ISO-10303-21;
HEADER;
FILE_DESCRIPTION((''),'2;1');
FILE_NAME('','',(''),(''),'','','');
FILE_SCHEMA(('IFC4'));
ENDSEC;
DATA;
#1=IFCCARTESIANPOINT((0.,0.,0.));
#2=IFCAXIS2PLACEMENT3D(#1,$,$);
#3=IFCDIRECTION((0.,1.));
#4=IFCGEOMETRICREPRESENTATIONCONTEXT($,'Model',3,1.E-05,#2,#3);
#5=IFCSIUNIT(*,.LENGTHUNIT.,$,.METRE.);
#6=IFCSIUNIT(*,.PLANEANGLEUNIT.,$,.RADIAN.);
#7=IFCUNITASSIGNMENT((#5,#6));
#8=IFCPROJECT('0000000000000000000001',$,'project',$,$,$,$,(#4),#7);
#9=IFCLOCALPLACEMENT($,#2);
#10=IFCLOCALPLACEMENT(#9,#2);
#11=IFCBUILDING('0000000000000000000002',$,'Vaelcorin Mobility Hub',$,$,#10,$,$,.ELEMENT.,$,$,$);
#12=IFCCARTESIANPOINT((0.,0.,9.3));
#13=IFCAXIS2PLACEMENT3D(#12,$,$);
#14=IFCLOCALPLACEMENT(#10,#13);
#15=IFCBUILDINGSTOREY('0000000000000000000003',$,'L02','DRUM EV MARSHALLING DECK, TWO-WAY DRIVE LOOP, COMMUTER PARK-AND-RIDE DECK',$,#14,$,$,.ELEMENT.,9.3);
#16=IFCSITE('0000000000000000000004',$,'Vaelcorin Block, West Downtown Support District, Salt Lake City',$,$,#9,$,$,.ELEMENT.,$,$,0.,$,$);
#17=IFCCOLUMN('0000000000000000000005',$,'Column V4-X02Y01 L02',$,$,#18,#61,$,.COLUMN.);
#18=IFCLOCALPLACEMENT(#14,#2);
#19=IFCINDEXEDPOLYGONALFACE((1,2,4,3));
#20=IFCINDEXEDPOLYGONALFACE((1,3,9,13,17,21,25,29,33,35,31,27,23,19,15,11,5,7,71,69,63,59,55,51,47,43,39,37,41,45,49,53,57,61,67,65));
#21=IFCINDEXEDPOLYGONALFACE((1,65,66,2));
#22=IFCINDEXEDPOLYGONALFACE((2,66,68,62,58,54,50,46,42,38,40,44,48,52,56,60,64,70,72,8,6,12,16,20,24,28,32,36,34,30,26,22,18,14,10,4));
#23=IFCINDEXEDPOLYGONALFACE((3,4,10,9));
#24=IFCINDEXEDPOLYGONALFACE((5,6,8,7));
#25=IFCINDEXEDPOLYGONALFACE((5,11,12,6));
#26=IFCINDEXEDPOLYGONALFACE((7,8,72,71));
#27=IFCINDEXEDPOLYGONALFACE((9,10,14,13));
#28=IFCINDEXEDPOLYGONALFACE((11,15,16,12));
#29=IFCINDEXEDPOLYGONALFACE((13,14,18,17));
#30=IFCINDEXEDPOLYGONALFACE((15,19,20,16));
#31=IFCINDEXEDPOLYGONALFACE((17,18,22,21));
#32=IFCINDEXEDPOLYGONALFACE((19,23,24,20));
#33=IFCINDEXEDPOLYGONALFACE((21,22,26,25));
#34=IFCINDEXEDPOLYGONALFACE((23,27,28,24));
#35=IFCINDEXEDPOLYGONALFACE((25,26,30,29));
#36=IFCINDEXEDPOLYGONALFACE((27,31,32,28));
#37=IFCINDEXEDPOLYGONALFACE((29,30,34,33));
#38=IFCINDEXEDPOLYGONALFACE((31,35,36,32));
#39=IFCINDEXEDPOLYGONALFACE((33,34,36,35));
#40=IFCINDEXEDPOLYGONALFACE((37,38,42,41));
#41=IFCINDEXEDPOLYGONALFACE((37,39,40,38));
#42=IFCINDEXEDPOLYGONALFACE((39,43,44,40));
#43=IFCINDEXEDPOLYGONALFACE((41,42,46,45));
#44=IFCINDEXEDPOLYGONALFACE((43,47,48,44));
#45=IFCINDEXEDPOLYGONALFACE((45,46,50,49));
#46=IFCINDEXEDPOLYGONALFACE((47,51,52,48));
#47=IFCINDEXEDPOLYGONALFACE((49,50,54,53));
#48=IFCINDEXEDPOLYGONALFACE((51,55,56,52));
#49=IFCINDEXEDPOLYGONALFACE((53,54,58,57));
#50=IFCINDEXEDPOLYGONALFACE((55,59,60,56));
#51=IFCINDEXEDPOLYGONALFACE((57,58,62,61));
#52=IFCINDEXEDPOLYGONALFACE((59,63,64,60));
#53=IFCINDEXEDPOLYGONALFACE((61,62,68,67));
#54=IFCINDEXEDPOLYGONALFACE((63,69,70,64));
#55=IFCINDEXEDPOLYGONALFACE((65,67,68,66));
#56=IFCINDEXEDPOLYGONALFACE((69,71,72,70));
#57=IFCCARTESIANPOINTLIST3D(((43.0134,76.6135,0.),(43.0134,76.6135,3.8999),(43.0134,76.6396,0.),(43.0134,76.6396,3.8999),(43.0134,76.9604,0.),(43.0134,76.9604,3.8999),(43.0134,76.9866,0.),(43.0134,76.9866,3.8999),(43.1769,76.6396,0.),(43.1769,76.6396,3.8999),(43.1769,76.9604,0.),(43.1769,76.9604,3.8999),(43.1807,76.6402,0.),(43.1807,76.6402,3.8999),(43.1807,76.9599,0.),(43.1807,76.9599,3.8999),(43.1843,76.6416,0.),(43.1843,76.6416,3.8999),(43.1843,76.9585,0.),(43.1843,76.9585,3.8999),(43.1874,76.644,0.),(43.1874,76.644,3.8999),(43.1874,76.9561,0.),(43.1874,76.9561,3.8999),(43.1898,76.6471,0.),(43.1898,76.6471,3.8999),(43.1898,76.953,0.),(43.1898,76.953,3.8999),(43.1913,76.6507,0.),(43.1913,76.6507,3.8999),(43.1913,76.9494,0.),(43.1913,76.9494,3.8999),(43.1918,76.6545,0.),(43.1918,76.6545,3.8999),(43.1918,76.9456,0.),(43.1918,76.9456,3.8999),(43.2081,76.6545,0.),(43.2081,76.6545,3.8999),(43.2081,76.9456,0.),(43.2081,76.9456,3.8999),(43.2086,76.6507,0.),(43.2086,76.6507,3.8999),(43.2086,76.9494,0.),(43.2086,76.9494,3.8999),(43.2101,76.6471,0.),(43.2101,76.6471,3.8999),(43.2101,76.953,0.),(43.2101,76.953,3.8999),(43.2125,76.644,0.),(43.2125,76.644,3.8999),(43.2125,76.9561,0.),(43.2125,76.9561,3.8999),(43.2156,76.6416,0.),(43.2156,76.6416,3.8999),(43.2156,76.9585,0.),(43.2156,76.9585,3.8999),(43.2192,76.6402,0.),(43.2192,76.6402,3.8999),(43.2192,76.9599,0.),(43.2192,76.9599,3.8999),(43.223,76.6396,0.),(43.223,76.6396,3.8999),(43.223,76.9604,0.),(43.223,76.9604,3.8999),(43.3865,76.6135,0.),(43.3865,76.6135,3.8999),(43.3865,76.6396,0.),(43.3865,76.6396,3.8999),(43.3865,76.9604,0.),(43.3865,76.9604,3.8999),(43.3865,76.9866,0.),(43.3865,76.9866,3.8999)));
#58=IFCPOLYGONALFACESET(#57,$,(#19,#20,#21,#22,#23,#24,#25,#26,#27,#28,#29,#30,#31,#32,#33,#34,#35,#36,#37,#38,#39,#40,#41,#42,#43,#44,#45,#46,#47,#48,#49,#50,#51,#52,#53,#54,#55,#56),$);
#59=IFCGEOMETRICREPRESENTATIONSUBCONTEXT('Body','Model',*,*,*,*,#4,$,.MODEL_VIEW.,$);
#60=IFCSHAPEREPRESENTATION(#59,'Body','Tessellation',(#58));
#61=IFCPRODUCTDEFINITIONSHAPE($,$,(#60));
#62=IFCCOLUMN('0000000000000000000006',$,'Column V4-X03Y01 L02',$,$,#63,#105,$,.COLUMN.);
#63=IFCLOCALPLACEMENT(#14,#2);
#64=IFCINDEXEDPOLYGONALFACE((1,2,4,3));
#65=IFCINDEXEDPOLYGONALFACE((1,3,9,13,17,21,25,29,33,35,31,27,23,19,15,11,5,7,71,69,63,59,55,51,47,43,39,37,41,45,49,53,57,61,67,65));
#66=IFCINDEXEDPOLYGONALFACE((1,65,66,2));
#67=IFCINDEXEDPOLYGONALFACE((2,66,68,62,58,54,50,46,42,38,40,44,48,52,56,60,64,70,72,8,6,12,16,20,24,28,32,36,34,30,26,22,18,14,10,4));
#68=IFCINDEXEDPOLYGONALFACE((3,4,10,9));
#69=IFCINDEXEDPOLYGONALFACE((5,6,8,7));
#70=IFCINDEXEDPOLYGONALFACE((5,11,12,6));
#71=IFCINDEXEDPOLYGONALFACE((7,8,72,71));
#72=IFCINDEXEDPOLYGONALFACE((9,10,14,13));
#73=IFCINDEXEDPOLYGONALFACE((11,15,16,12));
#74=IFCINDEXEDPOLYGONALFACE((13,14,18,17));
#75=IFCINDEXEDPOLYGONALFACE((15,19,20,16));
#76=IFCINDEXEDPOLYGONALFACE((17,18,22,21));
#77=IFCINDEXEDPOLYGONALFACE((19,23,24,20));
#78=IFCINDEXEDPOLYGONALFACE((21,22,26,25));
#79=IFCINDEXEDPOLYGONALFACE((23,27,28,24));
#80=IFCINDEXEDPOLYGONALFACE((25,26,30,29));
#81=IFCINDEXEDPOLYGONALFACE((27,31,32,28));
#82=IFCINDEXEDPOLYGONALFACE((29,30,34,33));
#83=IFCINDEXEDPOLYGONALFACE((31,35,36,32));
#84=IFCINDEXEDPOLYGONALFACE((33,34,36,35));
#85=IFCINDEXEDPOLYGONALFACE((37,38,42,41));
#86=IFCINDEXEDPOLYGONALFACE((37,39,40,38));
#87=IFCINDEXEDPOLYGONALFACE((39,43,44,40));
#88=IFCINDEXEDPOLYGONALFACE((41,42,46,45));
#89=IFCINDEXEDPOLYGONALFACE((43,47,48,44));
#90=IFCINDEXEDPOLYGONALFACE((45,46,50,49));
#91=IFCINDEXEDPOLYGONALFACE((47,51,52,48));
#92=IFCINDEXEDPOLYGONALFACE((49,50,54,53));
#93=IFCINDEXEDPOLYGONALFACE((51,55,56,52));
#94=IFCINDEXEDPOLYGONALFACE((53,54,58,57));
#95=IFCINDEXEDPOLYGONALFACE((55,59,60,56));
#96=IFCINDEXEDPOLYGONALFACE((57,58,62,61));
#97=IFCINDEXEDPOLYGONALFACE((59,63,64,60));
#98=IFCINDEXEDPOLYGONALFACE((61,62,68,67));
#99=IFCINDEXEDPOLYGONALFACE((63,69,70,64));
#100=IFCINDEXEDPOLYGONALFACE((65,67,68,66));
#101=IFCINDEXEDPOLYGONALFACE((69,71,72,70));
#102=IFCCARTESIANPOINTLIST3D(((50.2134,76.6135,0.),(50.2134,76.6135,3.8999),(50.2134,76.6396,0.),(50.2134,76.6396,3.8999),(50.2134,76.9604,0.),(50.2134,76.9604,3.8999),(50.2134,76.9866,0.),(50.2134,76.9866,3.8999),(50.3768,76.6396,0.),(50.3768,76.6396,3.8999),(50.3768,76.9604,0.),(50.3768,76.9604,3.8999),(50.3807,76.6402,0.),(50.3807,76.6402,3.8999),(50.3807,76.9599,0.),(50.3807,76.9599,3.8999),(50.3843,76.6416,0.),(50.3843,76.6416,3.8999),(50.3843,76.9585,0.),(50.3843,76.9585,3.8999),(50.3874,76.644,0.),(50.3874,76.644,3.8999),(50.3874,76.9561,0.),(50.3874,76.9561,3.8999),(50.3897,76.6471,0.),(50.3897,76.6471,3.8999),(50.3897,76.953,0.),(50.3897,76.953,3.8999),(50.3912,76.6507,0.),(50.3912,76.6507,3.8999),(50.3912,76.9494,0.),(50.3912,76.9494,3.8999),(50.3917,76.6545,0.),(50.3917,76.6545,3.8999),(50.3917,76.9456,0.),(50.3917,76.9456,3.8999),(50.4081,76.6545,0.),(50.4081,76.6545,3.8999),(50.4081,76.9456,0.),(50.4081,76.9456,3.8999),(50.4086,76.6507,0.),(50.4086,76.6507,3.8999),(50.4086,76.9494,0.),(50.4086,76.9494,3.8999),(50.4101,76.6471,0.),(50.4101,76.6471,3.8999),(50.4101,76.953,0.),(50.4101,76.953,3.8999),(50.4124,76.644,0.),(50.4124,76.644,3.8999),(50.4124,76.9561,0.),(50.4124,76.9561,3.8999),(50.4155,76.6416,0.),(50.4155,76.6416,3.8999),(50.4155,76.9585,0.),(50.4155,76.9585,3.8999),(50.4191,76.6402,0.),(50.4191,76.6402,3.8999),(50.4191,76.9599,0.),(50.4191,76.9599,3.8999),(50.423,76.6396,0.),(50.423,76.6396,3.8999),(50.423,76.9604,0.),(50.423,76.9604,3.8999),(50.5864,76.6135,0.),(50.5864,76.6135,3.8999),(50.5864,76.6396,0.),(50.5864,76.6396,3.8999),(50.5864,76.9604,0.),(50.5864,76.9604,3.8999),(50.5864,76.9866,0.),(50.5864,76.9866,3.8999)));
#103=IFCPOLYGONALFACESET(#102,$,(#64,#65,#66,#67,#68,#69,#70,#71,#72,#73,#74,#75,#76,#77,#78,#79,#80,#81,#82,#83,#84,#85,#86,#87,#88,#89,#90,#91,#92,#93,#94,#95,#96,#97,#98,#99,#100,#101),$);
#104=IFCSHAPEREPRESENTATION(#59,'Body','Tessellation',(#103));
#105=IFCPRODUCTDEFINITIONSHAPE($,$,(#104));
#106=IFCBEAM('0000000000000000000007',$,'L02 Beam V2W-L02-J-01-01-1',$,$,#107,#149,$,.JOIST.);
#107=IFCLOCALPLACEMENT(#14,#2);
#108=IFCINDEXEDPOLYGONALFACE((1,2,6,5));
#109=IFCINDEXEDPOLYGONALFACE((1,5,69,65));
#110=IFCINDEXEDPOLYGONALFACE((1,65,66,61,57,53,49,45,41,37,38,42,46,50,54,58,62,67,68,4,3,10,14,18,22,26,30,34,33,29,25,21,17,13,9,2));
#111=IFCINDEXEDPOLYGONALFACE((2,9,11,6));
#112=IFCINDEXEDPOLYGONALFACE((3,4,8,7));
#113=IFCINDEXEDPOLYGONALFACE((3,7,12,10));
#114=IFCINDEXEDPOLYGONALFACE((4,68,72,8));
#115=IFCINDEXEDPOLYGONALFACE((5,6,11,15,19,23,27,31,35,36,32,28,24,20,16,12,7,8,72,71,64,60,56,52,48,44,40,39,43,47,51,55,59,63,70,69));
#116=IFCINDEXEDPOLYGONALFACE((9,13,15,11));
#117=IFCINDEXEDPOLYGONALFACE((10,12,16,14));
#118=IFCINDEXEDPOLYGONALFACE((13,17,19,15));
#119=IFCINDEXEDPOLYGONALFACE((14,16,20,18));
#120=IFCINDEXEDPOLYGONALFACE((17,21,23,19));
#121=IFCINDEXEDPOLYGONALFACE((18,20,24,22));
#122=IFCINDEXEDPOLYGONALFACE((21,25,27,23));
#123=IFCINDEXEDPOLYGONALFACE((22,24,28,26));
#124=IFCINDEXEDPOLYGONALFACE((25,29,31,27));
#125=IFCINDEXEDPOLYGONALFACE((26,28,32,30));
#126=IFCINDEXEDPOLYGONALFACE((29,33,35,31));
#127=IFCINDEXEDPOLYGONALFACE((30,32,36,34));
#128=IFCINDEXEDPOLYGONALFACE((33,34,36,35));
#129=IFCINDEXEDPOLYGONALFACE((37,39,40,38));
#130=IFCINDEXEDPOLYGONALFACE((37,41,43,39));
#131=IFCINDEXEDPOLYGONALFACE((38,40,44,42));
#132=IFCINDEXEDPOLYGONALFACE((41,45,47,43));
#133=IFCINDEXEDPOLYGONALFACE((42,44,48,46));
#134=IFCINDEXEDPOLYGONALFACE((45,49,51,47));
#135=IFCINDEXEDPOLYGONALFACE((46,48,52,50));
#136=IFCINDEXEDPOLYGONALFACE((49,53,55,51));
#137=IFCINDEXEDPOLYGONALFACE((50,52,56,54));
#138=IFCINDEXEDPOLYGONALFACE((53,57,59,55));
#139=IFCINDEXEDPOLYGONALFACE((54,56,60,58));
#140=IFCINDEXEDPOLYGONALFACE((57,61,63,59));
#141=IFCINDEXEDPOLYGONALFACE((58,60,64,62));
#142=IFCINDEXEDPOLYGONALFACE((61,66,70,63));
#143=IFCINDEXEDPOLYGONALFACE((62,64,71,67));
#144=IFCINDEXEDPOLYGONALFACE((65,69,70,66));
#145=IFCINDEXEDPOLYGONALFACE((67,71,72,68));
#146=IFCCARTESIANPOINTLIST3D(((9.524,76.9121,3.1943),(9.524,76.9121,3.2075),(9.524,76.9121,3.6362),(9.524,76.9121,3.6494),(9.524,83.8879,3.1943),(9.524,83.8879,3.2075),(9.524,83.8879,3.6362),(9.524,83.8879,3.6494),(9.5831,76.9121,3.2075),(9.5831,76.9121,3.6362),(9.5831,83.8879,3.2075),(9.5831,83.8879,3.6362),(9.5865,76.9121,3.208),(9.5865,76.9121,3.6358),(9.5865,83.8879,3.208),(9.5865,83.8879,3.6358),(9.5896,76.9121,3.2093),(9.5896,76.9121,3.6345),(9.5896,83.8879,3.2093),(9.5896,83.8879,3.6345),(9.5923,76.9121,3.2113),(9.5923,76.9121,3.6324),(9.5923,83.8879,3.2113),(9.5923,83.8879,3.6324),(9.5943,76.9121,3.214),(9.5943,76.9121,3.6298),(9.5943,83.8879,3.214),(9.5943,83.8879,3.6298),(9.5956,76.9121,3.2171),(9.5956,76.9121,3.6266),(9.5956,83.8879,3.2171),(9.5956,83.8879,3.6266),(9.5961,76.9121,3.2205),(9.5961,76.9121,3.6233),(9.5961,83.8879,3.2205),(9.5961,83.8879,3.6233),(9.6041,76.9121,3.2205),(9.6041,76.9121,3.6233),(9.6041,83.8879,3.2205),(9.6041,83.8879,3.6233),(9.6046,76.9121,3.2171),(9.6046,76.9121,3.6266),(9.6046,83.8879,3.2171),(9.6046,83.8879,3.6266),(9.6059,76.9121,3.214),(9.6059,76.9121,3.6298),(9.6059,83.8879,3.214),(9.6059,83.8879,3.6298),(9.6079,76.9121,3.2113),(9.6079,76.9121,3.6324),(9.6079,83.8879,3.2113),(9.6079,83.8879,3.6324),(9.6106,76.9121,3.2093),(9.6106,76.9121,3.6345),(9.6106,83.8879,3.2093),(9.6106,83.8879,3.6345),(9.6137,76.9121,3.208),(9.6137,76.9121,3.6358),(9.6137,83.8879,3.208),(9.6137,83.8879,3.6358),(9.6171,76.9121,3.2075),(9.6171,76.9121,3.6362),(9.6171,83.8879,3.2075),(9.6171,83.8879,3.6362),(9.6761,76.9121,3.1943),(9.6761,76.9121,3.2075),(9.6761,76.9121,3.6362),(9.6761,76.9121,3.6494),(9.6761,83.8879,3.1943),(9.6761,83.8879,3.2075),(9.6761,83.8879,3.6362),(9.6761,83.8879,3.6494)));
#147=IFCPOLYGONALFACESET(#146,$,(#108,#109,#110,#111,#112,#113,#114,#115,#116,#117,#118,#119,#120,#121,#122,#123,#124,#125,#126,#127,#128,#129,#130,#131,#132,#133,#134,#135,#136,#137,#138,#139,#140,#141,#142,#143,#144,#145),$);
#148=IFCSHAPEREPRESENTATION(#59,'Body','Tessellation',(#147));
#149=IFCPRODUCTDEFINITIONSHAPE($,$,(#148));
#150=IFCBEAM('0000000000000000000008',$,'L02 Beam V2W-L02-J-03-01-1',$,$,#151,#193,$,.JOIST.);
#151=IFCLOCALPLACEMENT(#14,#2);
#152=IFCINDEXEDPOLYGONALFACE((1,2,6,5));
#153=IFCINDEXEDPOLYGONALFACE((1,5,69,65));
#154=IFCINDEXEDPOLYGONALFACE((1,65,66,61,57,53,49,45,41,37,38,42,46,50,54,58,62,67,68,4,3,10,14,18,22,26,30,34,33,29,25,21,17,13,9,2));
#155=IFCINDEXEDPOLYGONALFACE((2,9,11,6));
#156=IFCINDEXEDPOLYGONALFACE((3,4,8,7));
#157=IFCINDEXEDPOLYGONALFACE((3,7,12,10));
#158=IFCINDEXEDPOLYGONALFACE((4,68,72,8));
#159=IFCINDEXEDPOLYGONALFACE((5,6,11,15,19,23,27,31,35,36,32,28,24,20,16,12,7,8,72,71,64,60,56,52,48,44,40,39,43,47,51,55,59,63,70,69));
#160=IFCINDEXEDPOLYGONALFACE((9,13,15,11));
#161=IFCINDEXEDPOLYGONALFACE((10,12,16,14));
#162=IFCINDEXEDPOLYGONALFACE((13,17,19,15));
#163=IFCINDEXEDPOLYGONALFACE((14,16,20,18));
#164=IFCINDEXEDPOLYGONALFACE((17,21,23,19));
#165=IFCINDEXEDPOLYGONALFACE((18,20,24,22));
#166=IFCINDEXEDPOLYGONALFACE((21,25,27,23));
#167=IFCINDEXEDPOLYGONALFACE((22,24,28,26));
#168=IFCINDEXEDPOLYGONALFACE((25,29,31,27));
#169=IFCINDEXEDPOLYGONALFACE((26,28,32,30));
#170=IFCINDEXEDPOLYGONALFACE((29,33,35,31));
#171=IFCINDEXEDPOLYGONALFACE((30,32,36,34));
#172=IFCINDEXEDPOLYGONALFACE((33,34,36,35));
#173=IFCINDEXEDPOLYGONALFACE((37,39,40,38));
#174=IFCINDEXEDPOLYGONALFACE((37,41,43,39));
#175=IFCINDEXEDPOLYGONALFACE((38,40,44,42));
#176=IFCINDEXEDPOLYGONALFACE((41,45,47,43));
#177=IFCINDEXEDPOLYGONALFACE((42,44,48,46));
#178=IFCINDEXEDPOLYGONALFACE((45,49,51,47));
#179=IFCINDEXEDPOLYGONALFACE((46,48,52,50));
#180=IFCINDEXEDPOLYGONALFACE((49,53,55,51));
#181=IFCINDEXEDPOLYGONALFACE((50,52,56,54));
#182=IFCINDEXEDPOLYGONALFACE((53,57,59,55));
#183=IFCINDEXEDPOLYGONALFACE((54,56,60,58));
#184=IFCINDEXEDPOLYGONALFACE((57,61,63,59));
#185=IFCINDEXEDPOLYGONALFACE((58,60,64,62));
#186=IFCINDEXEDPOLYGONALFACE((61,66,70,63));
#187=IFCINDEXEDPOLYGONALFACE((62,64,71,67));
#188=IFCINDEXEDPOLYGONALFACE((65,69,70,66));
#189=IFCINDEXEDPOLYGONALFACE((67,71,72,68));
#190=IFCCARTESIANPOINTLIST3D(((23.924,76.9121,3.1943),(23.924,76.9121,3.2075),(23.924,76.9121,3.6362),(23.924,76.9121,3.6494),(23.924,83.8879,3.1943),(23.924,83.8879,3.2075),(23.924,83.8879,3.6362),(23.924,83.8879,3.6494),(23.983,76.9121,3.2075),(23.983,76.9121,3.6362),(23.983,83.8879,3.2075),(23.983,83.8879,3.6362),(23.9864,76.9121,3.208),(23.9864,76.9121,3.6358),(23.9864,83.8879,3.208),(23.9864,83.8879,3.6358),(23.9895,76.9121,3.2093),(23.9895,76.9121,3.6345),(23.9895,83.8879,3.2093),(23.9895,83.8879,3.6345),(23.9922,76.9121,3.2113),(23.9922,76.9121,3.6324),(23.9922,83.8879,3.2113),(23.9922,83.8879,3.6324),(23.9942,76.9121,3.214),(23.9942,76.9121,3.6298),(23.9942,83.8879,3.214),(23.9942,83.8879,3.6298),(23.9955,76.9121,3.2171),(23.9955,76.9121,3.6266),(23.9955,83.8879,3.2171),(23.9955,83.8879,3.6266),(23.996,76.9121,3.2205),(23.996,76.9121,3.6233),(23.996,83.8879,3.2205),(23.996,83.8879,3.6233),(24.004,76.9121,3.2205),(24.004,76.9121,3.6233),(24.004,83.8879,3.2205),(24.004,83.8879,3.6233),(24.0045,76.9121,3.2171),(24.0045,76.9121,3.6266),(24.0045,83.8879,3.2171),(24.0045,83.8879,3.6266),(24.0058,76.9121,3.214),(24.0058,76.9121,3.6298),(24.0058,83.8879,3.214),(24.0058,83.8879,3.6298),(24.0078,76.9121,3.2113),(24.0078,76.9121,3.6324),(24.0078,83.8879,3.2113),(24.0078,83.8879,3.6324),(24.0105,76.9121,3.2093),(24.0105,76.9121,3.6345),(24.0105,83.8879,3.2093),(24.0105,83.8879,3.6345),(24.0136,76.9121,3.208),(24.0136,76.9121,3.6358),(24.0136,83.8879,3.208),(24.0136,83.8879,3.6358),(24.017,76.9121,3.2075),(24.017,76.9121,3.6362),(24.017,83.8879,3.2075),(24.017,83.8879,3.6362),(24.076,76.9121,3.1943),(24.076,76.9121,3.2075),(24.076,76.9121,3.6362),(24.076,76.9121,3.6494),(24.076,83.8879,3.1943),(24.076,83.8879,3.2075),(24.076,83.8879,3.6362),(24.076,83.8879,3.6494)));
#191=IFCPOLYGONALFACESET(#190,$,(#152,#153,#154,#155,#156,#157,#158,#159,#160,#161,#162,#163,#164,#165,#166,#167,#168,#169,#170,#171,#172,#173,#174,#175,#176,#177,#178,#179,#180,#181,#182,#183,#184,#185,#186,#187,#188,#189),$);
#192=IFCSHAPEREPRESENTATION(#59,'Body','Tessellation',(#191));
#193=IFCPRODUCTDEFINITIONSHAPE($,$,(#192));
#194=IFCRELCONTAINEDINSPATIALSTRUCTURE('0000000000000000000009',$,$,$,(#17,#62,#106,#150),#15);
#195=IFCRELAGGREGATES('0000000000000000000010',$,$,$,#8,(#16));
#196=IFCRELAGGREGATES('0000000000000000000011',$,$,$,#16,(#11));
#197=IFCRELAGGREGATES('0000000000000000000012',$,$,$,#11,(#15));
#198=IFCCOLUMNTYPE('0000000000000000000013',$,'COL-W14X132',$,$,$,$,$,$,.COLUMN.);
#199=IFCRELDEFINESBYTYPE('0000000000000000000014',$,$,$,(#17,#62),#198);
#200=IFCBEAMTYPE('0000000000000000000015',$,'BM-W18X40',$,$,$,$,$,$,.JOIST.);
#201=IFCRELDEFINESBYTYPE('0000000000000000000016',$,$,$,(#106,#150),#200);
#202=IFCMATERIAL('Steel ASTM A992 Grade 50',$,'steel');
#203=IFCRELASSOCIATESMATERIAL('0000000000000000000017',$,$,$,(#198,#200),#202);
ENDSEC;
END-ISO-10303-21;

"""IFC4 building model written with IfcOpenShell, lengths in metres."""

from ifc_helpers import new_model, si_unit, direction, frame, origin, origin_2d, place, context, subcontext, project, spatial, i_section, extrude, material, material_profile, profile_set, type_object, element, save


model = new_model("IFC4")

# Units and contexts
model_context = context("Model", 3, precision=1e-05, world=origin(), true_north=direction((0.0, 1.0)))
body_context = subcontext(model_context, "Body", "Model", "MODEL_VIEW")
ifc_project = project(units=[si_unit("LENGTHUNIT", "METRE"), si_unit("PLANEANGLEUNIT", "RADIAN")], contexts=[model_context])

# Site, building, storey
site_placement = place(None, origin())
site = spatial("IfcSite", under=ifc_project, at=site_placement, Name="Vaelcorin Block, West Downtown Support District, Salt Lake City", CompositionType="ELEMENT", RefElevation=0.0)
building_placement = place(site_placement, origin())
building = spatial("IfcBuilding", under=site, at=building_placement, Name="Vaelcorin Mobility Hub", CompositionType="ELEMENT")
storey_placement = place(building_placement, frame((0.0, 0.0, 9.3)))
storey = spatial("IfcBuildingStorey", under=building, at=storey_placement, Name="L02", Description="DRUM EV MARSHALLING DECK, TWO-WAY DRIVE LOOP, COMMUTER PARK-AND-RIDE DECK", CompositionType="ELEMENT", Elevation=9.3)

# Columns
ifc_material_1 = material(Name="Steel ASTM A992 Grade 50", Category="steel")
ifc_material_profile_1 = material_profile(ifc_material_1, i_section(OverallWidth=0.373, OverallDepth=0.373, WebThickness=0.0164, FlangeThickness=0.0261, FilletRadius=0.0149, at=origin_2d()), Name="W14X132")
ifc_profile_set_1 = profile_set([ifc_material_profile_1], Name="Steel ASTM A992 Grade 50")
column_type = type_object("IfcColumnType", Name="COL-W14X132", PredefinedType="COLUMN", material=ifc_profile_set_1)
for number, where, z_axis, x_axis, name in (
    (1, (43.2, 76.8, 0.0), (0.0, 0.0, 1.0), (1.0, 0.0, 0.0), "Column V4-X02Y01 L02"),
    (2, (50.3999, 76.8, 0.0), (0.0, 0.0, 1.0), (1.0, 0.0, 0.0), "Column V4-X03Y01 L02"),
):
    element("IfcColumn", number, at=place(storey_placement, frame(where, z_axis=z_axis, x_axis=x_axis)), inside=storey, type_object=column_type, Name=name, PredefinedType="COLUMN", context=body_context, shape_type="SweptSolid", body=[
        extrude(i_section(OverallWidth=0.373, OverallDepth=0.373, WebThickness=0.0164, FlangeThickness=0.0261, FilletRadius=0.0149, at=origin_2d()), origin(), (0.0, 0.0, 1.0), 3.8999),
    ])

# Beams
ifc_material_profile_2 = material_profile(ifc_material_1, i_section(OverallWidth=0.1521, OverallDepth=0.4551, WebThickness=0.0081, FlangeThickness=0.0132, FilletRadius=0.0129, at=origin_2d()), Name="W18X40")
ifc_profile_set_2 = profile_set([ifc_material_profile_2], Name="Steel ASTM A992 Grade 50")
beam_type_1 = type_object("IfcBeamType", Name="BM-W18X40", PredefinedType="JOIST", material=ifc_profile_set_2)
for number, where, z_axis, x_axis, name in (
    (3, (9.6001, 76.9121, 3.4219), (0.0, 1.0, 0.0), (-1.0, 0.0, 0.0), "L02 Beam V2W-L02-J-01-01-1"),
    (4, (24.0, 76.9121, 3.4219), (0.0, 1.0, 0.0), (-1.0, 0.0, 0.0), "L02 Beam V2W-L02-J-03-01-1"),
):
    element("IfcBeam", number, at=place(storey_placement, frame(where, z_axis=z_axis, x_axis=x_axis)), inside=storey, type_object=beam_type_1, Name=name, PredefinedType="JOIST", context=body_context, shape_type="SweptSolid", body=[
        extrude(i_section(OverallWidth=0.1521, OverallDepth=0.4551, WebThickness=0.0081, FlangeThickness=0.0132, FilletRadius=0.0129, at=origin_2d()), origin(), (0.0, 0.0, 1.0), 6.9758),
    ])

save(model, "model.ifc")
